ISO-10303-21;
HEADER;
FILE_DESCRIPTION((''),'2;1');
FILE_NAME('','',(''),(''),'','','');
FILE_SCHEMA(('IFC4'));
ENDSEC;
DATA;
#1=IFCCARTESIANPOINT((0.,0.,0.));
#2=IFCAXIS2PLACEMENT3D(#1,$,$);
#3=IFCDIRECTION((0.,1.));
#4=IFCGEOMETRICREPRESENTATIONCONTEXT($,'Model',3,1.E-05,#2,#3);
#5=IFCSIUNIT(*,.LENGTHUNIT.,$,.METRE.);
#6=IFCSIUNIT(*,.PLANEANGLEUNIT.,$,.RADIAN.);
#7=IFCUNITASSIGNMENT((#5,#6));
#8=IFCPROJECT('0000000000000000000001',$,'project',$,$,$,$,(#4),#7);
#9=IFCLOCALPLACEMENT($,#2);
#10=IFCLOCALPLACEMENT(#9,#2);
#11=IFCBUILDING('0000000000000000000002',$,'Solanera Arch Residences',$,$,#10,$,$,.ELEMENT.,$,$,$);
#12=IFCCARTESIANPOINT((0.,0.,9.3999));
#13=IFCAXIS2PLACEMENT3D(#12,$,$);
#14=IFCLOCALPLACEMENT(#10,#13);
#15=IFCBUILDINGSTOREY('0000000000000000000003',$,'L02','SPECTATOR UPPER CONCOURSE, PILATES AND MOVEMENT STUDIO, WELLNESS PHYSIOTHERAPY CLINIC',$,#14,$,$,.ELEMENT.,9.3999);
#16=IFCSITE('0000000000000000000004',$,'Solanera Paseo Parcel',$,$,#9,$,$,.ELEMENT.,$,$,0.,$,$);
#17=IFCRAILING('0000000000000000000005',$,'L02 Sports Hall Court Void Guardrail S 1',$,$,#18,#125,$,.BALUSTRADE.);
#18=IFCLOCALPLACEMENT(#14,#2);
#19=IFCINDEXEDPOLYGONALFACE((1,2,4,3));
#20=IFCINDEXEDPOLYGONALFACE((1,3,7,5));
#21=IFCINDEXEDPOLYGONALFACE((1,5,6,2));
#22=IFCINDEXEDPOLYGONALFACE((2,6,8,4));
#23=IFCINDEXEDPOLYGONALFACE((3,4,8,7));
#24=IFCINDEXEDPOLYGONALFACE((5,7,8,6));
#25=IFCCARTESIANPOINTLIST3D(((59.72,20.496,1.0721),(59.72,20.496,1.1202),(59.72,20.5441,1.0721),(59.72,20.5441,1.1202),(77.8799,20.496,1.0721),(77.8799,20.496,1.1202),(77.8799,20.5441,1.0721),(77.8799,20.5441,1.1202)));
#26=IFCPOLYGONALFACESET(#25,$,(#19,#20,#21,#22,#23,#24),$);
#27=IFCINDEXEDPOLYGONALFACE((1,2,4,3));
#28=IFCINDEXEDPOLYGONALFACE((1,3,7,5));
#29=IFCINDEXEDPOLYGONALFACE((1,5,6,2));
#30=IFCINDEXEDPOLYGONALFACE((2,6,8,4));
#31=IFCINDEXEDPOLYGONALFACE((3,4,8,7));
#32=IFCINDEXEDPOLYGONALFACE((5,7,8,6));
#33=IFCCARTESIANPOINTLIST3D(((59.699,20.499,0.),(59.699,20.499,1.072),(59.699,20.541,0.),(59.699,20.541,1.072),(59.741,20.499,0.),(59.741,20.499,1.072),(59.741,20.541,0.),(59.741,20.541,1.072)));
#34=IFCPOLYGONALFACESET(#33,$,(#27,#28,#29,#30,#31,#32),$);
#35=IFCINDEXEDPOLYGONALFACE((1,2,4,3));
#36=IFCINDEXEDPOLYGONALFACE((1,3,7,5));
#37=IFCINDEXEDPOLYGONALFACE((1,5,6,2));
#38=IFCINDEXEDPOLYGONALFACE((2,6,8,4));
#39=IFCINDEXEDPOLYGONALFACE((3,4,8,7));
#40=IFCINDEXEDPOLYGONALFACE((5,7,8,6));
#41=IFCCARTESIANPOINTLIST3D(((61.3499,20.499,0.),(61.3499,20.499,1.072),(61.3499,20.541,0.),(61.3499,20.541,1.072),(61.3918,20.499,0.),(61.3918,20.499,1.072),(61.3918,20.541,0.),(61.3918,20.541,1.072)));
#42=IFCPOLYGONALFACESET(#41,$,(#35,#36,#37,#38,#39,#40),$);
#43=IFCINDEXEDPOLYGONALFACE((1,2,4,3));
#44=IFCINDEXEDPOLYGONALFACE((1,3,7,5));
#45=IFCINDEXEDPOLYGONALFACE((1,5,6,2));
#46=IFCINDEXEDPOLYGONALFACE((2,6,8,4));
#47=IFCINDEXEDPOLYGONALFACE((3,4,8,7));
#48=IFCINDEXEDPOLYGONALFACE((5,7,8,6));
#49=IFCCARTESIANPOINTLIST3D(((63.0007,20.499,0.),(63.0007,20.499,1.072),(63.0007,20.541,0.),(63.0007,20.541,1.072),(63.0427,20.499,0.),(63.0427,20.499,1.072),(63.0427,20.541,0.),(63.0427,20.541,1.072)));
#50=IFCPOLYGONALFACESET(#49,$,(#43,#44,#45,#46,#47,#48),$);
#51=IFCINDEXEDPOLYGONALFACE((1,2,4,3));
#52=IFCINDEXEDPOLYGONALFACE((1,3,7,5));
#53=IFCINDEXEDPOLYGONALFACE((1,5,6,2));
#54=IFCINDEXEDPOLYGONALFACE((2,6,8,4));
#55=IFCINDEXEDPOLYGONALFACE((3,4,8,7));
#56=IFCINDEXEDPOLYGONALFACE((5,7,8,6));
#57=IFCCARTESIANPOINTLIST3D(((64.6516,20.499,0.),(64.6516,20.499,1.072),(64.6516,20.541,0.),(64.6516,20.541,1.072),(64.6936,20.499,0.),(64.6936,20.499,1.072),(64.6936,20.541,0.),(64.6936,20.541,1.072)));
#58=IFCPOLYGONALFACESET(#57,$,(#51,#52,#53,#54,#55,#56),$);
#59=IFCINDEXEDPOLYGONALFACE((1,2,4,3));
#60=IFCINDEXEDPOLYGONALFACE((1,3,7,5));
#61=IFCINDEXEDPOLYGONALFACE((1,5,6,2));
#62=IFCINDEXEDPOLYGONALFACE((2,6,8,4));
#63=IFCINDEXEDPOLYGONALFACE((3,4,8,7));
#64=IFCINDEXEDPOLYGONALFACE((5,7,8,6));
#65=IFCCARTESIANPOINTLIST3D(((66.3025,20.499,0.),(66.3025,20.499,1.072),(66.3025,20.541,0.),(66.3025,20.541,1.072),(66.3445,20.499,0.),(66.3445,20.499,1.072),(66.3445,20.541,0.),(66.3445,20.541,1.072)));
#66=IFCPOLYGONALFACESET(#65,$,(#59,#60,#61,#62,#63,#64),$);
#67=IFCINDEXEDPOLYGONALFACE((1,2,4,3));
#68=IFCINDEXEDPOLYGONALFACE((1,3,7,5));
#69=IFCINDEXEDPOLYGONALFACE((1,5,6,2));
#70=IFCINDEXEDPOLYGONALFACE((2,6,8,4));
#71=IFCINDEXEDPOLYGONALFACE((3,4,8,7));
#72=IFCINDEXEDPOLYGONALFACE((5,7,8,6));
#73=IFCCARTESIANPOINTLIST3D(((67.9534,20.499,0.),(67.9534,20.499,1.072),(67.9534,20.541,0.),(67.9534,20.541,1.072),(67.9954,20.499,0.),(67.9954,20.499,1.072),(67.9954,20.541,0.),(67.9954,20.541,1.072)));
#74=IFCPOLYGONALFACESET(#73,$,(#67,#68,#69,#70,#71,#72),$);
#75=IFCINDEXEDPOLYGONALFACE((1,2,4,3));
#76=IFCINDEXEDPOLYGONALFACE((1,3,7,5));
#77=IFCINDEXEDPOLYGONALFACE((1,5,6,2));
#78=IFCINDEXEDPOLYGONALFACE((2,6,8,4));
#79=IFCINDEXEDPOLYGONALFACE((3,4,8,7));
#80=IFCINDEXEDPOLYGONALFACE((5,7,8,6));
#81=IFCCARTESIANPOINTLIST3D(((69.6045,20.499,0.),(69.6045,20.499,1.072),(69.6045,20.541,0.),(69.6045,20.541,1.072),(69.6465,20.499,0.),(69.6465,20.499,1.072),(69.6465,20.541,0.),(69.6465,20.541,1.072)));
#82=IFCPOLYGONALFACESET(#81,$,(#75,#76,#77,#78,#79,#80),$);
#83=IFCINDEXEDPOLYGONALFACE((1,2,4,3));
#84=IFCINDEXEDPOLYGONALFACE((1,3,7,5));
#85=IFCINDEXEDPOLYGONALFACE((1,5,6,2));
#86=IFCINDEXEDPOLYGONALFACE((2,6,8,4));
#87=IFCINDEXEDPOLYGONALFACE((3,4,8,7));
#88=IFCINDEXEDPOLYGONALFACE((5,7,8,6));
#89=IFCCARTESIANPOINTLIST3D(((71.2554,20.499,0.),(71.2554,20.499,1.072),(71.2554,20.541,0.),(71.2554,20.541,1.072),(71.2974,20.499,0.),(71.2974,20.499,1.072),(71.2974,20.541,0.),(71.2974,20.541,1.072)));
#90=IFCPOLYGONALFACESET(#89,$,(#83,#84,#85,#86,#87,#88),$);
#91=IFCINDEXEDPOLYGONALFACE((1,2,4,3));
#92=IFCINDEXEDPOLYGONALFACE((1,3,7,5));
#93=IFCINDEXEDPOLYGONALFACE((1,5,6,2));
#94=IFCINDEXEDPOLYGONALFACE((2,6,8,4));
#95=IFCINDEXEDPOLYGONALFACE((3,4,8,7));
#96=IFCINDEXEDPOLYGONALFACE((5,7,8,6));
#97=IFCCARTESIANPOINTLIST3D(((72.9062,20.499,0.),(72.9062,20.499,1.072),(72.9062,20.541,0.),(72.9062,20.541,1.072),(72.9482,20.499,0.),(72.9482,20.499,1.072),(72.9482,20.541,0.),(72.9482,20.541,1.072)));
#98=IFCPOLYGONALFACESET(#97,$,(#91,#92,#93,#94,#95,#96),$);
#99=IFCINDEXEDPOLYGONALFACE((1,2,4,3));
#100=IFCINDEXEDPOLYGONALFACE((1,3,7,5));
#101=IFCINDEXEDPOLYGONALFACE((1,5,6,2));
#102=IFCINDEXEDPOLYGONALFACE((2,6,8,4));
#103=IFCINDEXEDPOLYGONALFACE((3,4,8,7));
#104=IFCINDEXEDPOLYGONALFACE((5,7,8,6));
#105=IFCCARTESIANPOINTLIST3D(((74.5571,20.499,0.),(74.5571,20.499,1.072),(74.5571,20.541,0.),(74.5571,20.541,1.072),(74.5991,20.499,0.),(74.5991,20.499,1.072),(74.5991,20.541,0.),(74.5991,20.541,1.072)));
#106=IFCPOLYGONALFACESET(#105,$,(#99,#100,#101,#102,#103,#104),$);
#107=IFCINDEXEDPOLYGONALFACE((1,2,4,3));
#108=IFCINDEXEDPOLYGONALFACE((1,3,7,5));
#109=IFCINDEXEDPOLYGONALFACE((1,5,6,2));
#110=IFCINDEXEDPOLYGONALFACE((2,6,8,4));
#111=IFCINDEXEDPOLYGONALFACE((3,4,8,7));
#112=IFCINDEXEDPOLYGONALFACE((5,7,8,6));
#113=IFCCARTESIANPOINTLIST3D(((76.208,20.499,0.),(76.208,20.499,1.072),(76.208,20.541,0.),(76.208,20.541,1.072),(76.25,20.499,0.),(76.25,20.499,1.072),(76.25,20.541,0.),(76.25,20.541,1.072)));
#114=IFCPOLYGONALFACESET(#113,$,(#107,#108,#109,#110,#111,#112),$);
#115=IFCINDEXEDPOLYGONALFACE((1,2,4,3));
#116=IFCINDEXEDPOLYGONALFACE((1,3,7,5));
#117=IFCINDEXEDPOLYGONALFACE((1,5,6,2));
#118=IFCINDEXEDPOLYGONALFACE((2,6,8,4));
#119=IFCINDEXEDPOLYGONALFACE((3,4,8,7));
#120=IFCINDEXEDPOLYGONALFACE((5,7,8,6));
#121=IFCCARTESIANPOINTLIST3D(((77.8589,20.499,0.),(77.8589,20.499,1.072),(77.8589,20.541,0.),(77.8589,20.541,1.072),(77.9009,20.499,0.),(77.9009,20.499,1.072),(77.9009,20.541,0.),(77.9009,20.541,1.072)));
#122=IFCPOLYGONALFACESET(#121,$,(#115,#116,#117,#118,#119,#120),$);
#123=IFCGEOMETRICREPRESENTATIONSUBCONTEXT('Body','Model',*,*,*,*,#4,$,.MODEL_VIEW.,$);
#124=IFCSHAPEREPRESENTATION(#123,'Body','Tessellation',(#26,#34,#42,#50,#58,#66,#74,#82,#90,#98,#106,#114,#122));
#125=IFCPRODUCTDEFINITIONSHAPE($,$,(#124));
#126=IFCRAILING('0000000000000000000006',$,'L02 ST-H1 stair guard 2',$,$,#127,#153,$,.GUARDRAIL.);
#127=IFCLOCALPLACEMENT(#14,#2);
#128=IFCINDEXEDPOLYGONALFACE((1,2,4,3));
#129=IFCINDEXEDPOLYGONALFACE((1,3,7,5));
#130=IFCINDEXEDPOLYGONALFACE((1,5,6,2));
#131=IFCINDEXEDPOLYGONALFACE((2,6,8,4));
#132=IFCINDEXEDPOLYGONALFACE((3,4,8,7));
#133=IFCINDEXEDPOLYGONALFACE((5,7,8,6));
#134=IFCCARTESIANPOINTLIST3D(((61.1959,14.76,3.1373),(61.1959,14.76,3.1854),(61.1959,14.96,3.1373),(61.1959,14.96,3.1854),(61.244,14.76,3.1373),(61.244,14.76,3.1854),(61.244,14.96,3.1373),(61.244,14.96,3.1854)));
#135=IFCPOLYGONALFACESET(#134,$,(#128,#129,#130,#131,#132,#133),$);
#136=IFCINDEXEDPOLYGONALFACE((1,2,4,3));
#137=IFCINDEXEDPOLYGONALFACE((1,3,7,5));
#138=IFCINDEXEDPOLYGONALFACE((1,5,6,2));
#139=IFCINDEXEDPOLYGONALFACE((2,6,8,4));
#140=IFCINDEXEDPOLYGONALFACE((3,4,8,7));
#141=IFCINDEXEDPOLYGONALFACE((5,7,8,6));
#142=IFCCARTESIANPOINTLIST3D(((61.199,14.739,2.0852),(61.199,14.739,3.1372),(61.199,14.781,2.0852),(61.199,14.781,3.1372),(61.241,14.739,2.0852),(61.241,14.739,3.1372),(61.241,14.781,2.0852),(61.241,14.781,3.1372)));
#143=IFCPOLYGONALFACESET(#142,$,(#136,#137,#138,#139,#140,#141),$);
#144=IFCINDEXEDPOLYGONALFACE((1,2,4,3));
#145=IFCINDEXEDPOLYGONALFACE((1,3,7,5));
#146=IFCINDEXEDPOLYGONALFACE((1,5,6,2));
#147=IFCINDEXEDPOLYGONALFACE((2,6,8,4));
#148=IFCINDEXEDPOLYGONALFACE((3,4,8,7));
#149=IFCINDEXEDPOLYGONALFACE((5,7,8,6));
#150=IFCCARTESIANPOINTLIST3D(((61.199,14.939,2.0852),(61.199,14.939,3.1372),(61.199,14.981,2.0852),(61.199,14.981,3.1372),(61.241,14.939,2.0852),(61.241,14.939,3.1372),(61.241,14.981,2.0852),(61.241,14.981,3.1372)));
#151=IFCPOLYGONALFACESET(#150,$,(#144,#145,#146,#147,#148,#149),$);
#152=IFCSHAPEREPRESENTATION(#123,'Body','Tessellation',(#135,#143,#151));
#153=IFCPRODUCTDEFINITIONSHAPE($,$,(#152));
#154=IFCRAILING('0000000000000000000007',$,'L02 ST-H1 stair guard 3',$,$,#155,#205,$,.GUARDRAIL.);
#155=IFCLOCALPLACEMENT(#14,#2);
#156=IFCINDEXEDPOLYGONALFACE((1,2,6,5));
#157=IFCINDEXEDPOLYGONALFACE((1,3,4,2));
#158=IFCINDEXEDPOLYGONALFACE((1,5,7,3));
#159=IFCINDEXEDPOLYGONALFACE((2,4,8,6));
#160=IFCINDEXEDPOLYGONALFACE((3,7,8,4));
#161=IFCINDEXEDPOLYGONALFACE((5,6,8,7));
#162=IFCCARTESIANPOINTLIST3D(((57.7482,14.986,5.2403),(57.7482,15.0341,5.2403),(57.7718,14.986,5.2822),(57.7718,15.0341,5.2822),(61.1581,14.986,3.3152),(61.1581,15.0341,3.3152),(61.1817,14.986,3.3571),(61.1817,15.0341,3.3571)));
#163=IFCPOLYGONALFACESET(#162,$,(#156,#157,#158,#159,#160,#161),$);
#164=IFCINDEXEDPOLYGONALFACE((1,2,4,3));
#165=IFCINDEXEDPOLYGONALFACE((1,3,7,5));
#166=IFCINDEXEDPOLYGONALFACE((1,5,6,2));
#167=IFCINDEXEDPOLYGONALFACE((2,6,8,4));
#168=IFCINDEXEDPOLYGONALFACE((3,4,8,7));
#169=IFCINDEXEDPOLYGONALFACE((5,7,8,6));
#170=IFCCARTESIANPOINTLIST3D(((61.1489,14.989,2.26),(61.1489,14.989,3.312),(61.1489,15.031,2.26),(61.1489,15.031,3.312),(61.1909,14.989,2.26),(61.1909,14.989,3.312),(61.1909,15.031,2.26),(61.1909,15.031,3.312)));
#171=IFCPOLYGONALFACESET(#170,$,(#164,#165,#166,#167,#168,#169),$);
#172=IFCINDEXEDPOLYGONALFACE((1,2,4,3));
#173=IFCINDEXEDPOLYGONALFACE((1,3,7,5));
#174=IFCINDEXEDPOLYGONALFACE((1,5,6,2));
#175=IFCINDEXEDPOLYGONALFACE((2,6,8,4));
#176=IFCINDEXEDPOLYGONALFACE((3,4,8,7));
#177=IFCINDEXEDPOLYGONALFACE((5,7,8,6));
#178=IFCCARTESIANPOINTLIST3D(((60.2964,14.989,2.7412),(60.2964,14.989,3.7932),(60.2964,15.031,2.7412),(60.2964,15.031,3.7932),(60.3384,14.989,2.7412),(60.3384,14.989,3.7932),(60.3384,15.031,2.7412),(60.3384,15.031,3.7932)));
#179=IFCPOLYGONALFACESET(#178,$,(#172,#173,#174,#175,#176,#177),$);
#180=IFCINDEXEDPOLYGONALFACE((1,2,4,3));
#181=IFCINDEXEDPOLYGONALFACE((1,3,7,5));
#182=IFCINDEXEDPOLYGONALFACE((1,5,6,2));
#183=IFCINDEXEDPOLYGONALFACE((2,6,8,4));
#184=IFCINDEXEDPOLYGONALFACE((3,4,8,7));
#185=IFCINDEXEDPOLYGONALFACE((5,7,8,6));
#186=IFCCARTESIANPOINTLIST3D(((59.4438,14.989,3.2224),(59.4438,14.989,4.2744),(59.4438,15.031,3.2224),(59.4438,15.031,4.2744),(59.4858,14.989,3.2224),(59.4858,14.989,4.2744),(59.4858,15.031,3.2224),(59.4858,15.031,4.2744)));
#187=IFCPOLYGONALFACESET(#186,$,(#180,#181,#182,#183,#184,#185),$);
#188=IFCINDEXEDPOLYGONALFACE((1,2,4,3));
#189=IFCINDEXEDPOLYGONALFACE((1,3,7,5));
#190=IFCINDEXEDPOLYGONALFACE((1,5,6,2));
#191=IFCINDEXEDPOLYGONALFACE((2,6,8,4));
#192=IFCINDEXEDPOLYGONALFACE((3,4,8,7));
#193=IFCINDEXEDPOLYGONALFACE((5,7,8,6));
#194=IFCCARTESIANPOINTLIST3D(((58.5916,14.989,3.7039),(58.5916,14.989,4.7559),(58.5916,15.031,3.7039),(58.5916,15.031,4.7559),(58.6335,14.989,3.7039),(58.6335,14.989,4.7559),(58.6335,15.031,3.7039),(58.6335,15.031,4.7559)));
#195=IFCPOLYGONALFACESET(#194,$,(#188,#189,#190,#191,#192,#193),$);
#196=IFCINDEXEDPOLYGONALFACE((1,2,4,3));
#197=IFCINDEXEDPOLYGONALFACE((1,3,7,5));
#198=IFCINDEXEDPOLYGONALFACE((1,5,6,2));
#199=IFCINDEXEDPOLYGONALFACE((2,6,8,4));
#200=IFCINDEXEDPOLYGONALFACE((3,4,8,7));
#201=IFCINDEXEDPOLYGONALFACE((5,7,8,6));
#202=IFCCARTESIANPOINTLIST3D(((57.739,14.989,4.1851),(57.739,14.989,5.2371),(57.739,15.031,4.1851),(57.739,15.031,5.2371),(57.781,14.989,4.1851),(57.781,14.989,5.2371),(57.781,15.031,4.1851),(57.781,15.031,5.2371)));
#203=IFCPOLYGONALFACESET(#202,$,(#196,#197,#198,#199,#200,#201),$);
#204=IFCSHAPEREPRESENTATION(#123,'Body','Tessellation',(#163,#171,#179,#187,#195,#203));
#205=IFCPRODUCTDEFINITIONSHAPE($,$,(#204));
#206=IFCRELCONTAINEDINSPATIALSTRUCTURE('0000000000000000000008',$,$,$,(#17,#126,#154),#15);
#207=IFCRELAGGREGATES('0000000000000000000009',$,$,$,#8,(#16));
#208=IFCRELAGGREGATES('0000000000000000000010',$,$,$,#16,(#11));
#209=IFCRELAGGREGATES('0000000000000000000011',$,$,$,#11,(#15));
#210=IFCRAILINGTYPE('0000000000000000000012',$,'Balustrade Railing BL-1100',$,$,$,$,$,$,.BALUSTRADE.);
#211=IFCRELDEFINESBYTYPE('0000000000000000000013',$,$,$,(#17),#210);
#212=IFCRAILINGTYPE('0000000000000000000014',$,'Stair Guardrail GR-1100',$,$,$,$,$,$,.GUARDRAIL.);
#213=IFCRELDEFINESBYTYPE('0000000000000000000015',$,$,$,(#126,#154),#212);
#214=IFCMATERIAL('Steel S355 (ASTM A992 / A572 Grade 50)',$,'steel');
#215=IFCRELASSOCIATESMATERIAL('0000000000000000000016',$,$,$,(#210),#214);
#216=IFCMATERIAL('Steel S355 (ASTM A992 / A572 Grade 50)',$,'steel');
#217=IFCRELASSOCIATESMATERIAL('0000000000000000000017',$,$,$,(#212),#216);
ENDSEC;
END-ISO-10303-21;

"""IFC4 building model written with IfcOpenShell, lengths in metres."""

from ifc_helpers import new_model, si_unit, direction, frame, origin, origin_2d, place, context, subcontext, project, spatial, rectangle, extrude, material, type_object, element, save


model = new_model("IFC4")

# Units and contexts
model_context = context("Model", 3, precision=1e-05, world=origin(), true_north=direction((0.0, 1.0)))
body_context = subcontext(model_context, "Body", "Model", "MODEL_VIEW")
ifc_project = project(units=[si_unit("LENGTHUNIT", "METRE"), si_unit("PLANEANGLEUNIT", "RADIAN")], contexts=[model_context])

# Site, building, storey
site_placement = place(None, origin())
site = spatial("IfcSite", under=ifc_project, at=site_placement, Name="Solanera Paseo Parcel", CompositionType="ELEMENT", RefElevation=0.0)
building_placement = place(site_placement, origin())
building = spatial("IfcBuilding", under=site, at=building_placement, Name="Solanera Arch Residences", CompositionType="ELEMENT")
storey_placement = place(building_placement, frame((0.0, 0.0, 9.3999)))
storey = spatial("IfcBuildingStorey", under=building, at=storey_placement, Name="L02", Description="SPECTATOR UPPER CONCOURSE, PILATES AND MOVEMENT STUDIO, WELLNESS PHYSIOTHERAPY CLINIC", CompositionType="ELEMENT", Elevation=9.3999)

# Railings
ifc_material_1 = material(Name="Steel S355 (ASTM A992 / A572 Grade 50)", Category="steel")
railing_type_1 = type_object("IfcRailingType", Name="Balustrade Railing BL-1100", PredefinedType="BALUSTRADE", material=ifc_material_1)
railing_1_placement = place(storey_placement, frame((59.72, 20.52, 0.0)))
element("IfcRailing", 1, at=railing_1_placement, inside=storey, type_object=railing_type_1, Name="L02 Sports Hall Court Void Guardrail S 1", PredefinedType="BALUSTRADE", context=body_context, shape_type="SweptSolid", body=[
    extrude(rectangle(XDim=0.0481, YDim=0.0481, at=origin_2d()), frame((0.0, 0.0, 1.0962), z_axis=(1.0, 0.0, 0.0), x_axis=(0.0, 1.0, 0.0)), (0.0, 0.0, 1.0), 18.1599),
    extrude(rectangle(XDim=0.042, YDim=0.042, at=origin_2d()), origin(), (0.0, 0.0, 1.0), 1.072),
    extrude(rectangle(XDim=0.042, YDim=0.042, at=origin_2d()), frame((1.6509, 0.0, 0.0)), (0.0, 0.0, 1.0), 1.072),
    extrude(rectangle(XDim=0.042, YDim=0.042, at=origin_2d()), frame((3.3018, 0.0, 0.0)), (0.0, 0.0, 1.0), 1.072),
    extrude(rectangle(XDim=0.042, YDim=0.042, at=origin_2d()), frame((4.9526, 0.0, 0.0)), (0.0, 0.0, 1.0), 1.072),
    extrude(rectangle(XDim=0.042, YDim=0.042, at=origin_2d()), frame((6.6035, 0.0, 0.0)), (0.0, 0.0, 1.0), 1.072),
    extrude(rectangle(XDim=0.042, YDim=0.042, at=origin_2d()), frame((8.2544, 0.0, 0.0)), (0.0, 0.0, 1.0), 1.072),
    extrude(rectangle(XDim=0.042, YDim=0.042, at=origin_2d()), frame((9.9055, 0.0, 0.0)), (0.0, 0.0, 1.0), 1.072),
    extrude(rectangle(XDim=0.042, YDim=0.042, at=origin_2d()), frame((11.5564, 0.0, 0.0)), (0.0, 0.0, 1.0), 1.072),
    extrude(rectangle(XDim=0.042, YDim=0.042, at=origin_2d()), frame((13.2073, 0.0, 0.0)), (0.0, 0.0, 1.0), 1.072),
    extrude(rectangle(XDim=0.042, YDim=0.042, at=origin_2d()), frame((14.8582, 0.0, 0.0)), (0.0, 0.0, 1.0), 1.072),
    extrude(rectangle(XDim=0.042, YDim=0.042, at=origin_2d()), frame((16.509, 0.0, 0.0)), (0.0, 0.0, 1.0), 1.072),
    extrude(rectangle(XDim=0.042, YDim=0.042, at=origin_2d()), frame((18.1599, 0.0, 0.0)), (0.0, 0.0, 1.0), 1.072),
])
ifc_material_2 = material(Name="Steel S355 (ASTM A992 / A572 Grade 50)", Category="steel")
railing_type_2 = type_object("IfcRailingType", Name="Stair Guardrail GR-1100", PredefinedType="GUARDRAIL", material=ifc_material_2)
railing_2_placement = place(storey_placement, frame((61.22, 14.76, 2.0852)))
element("IfcRailing", 2, at=railing_2_placement, inside=storey, type_object=railing_type_2, Name="L02 ST-H1 stair guard 2", PredefinedType="GUARDRAIL", context=body_context, shape_type="SweptSolid", body=[
    extrude(rectangle(XDim=0.0481, YDim=0.0481, at=origin_2d()), frame((0.0, 0.0, 1.0762), z_axis=(0.0, 1.0, 0.0), x_axis=(-1.0, 0.0, 0.0)), (0.0, 0.0, 1.0), 0.2),
    extrude(rectangle(XDim=0.042, YDim=0.042, at=origin_2d()), origin(), (0.0, 0.0, 1.0), 1.052),
    extrude(rectangle(XDim=0.042, YDim=0.042, at=origin_2d()), frame((0.0, 0.2, 0.0)), (0.0, 0.0, 1.0), 1.052),
])
railing_3_placement = place(storey_placement, frame((61.1699, 15.01, 2.26)))
element("IfcRailing", 3, at=railing_3_placement, inside=storey, type_object=railing_type_2, Name="L02 ST-H1 stair guard 3", PredefinedType="GUARDRAIL", context=body_context, shape_type="SweptSolid", body=[
    extrude(rectangle(XDim=0.0481, YDim=0.0481, at=origin_2d()), frame((0.0, 0.0, 1.0762), z_axis=(-0.870814, 0.0, 0.491613), x_axis=(0.0, -1.0, 0.0)), (0.0, 0.0, 1.0), 3.9158),
    extrude(rectangle(XDim=0.042, YDim=0.042, at=origin_2d()), origin(), (0.0, 0.0, 1.0), 1.052),
    extrude(rectangle(XDim=0.042, YDim=0.042, at=origin_2d()), frame((-0.8525, 0.0, 0.4812)), (0.0, 0.0, 1.0), 1.052),
    extrude(rectangle(XDim=0.042, YDim=0.042, at=origin_2d()), frame((-1.7051, 0.0, 0.9624)), (0.0, 0.0, 1.0), 1.052),
    extrude(rectangle(XDim=0.042, YDim=0.042, at=origin_2d()), frame((-2.5574, 0.0, 1.4438)), (0.0, 0.0, 1.0), 1.052),
    extrude(rectangle(XDim=0.042, YDim=0.042, at=origin_2d()), frame((-3.4099, 0.0, 1.925)), (0.0, 0.0, 1.0), 1.052),
])

save(model, "model.ifc")
